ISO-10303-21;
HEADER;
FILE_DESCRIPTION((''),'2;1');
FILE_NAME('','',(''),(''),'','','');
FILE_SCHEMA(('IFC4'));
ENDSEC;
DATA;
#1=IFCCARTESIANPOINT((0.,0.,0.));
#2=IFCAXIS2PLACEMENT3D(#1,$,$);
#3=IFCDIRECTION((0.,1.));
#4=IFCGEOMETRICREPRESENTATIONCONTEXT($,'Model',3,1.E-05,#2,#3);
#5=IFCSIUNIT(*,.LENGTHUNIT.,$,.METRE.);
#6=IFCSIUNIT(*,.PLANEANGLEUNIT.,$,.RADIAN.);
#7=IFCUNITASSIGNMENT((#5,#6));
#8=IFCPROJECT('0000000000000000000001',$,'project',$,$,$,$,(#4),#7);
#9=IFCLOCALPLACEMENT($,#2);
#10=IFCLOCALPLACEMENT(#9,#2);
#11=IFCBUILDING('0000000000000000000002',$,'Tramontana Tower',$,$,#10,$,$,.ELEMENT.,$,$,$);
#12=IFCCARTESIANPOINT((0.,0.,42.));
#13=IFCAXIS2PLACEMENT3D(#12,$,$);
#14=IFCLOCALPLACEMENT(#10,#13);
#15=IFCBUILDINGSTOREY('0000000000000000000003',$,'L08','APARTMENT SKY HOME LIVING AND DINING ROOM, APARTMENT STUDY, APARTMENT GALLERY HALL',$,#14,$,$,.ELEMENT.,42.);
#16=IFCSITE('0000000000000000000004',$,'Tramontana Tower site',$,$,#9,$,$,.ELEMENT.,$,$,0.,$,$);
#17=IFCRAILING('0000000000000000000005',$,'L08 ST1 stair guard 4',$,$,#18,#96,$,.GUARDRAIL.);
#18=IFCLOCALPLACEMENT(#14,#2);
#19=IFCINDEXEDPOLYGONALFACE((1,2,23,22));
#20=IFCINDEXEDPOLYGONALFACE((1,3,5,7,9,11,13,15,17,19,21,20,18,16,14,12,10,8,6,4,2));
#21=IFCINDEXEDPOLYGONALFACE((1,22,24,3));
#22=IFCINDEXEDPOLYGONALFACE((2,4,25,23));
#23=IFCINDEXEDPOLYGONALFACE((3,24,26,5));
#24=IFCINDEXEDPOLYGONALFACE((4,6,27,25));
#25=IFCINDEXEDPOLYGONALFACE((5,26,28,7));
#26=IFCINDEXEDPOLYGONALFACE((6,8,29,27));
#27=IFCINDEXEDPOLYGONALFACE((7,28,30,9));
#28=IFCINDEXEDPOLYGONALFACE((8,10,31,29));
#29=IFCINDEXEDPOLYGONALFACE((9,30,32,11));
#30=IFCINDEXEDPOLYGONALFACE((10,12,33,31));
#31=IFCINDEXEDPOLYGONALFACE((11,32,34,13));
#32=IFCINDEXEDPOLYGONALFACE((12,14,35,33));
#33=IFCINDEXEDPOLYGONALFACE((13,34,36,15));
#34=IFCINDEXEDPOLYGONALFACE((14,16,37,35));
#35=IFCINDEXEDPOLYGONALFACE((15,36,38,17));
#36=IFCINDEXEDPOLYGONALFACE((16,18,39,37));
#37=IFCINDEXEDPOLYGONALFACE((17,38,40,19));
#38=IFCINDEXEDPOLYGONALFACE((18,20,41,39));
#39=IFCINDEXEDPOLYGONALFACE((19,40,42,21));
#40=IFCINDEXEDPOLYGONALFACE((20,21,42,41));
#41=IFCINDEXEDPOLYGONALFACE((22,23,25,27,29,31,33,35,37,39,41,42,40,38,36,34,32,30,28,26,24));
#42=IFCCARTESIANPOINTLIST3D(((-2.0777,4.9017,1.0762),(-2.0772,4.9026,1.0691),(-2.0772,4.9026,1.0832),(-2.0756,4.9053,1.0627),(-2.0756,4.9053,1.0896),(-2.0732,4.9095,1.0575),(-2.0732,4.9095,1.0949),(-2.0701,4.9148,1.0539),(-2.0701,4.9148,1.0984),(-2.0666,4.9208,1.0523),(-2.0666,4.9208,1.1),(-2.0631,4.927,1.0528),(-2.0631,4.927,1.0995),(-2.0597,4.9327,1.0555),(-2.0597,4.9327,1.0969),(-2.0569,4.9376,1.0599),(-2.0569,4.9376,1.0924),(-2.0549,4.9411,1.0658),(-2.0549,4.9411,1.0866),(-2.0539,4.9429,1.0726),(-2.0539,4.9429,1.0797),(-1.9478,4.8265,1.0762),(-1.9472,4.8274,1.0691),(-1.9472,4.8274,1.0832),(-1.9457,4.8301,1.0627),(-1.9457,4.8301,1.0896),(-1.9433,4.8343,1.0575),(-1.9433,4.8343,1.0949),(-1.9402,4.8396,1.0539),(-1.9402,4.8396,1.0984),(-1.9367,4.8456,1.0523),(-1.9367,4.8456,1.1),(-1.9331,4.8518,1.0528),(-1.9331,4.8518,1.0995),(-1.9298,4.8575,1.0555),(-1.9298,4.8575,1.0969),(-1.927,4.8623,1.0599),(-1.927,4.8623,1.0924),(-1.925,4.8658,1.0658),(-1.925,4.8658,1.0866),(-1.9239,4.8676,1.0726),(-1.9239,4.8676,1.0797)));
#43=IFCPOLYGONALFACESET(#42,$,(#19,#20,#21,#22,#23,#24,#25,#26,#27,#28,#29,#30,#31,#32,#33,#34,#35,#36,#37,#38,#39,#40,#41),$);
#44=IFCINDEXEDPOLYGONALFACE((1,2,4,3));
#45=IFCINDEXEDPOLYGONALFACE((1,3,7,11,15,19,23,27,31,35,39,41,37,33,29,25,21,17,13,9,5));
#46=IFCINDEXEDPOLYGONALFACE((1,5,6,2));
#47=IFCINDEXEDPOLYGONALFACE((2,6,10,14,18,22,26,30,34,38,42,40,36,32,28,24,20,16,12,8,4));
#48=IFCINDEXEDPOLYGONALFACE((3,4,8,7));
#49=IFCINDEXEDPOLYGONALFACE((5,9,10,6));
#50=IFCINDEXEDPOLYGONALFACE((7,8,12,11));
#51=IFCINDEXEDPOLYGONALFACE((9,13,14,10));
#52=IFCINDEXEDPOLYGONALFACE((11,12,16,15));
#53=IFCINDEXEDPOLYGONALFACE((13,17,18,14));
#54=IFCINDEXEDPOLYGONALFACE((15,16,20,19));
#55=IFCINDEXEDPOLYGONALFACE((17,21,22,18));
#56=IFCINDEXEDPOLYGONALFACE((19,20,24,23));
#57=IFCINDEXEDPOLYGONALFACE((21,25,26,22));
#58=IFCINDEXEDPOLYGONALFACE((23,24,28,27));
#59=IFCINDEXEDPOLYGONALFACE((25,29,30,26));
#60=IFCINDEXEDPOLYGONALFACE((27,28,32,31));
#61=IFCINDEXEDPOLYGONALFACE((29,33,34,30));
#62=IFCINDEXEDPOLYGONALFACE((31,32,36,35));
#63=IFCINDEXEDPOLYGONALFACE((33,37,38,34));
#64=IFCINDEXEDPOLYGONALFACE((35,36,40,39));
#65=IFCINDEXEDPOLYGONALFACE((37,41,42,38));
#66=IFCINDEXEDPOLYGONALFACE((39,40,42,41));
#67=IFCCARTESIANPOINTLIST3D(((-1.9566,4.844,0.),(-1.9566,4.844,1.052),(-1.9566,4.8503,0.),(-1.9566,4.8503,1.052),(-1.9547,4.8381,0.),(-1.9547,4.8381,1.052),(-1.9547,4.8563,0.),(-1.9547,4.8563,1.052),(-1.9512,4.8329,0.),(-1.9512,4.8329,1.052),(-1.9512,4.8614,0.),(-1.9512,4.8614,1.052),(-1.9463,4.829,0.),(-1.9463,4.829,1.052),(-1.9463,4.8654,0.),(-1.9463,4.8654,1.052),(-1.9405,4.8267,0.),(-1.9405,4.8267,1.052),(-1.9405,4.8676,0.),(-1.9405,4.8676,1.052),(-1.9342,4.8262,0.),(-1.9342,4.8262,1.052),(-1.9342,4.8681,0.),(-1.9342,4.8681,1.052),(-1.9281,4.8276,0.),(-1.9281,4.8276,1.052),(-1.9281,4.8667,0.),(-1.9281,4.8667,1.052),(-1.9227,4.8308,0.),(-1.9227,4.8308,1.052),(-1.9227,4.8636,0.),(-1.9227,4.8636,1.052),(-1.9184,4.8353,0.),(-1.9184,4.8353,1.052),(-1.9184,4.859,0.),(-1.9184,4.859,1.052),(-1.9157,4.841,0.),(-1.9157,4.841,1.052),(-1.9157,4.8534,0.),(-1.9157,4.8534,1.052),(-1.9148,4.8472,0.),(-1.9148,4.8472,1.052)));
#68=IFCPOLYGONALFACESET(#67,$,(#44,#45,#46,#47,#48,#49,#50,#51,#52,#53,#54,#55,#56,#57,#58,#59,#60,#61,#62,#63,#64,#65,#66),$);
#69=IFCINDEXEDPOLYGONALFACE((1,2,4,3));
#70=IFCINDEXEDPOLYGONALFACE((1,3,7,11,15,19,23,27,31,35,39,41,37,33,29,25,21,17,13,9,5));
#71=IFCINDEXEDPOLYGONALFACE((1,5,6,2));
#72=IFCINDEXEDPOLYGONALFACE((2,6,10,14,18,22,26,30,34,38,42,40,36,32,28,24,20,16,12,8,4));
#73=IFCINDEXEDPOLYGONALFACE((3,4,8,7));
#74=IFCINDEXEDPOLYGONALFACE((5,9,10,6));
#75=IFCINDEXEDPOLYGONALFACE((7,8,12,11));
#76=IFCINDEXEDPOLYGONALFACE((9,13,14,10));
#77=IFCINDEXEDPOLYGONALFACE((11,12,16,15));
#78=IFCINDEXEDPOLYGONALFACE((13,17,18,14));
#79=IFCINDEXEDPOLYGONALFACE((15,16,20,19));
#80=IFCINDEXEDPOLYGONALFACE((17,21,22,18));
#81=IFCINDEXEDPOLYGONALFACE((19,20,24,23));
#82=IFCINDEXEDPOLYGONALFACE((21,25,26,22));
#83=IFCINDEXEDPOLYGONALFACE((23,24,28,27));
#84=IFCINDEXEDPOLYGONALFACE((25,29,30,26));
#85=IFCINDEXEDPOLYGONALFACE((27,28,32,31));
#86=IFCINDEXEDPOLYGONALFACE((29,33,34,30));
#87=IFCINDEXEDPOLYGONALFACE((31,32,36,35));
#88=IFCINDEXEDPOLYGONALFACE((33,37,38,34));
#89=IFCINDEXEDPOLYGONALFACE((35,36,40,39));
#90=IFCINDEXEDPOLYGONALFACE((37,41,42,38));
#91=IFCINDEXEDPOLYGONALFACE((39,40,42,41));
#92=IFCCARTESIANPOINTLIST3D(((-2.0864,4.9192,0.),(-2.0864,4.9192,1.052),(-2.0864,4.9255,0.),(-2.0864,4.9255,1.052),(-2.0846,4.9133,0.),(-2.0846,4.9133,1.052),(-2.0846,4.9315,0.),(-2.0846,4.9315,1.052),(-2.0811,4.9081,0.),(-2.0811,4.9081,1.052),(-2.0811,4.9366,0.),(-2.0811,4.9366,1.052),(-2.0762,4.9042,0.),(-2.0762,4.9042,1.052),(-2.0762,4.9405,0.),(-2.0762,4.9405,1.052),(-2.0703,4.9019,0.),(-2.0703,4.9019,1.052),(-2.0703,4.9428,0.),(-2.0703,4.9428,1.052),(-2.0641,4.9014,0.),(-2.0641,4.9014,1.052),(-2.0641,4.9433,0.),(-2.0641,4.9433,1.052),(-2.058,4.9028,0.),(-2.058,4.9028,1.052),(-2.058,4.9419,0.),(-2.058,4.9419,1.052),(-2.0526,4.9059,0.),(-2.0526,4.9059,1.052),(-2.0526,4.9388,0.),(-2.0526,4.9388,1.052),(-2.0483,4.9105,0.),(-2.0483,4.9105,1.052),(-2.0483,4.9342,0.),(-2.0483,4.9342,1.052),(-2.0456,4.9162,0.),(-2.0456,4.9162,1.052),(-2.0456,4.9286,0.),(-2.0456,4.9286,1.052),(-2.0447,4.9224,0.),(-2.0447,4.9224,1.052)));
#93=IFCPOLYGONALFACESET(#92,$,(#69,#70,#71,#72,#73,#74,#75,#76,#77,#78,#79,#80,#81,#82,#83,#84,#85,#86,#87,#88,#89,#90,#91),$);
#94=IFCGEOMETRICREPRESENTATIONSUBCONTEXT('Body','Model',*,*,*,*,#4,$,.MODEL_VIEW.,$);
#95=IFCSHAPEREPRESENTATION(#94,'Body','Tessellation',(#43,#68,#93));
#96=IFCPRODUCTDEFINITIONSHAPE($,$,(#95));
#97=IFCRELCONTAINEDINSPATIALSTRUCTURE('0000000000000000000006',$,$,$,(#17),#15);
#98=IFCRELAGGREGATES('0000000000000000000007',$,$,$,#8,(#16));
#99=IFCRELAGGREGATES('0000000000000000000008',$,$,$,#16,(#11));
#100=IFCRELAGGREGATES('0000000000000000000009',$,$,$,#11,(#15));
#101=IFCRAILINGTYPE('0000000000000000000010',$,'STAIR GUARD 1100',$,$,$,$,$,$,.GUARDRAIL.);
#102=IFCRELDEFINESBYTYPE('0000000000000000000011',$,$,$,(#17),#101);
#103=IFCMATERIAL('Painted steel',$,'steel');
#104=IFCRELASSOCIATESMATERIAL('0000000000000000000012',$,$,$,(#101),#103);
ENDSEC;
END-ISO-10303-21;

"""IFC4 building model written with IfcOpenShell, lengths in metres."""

from ifc_helpers import new_model, si_unit, direction, frame, origin, origin_2d, place, context, subcontext, project, spatial, circle, extrude, material, type_object, element, save


model = new_model("IFC4")

# Units and contexts
model_context = context("Model", 3, precision=1e-05, world=origin(), true_north=direction((0.0, 1.0)))
body_context = subcontext(model_context, "Body", "Model", "MODEL_VIEW")
ifc_project = project(units=[si_unit("LENGTHUNIT", "METRE"), si_unit("PLANEANGLEUNIT", "RADIAN")], contexts=[model_context])

# Site, building, storey
site_placement = place(None, origin())
site = spatial("IfcSite", under=ifc_project, at=site_placement, Name="Tramontana Tower site", CompositionType="ELEMENT", RefElevation=0.0)
building_placement = place(site_placement, origin())
building = spatial("IfcBuilding", under=site, at=building_placement, Name="Tramontana Tower", CompositionType="ELEMENT")
storey_placement = place(building_placement, frame((0.0, 0.0, 42.0)))
storey = spatial("IfcBuildingStorey", under=building, at=storey_placement, Name="L08", Description="APARTMENT SKY HOME LIVING AND DINING ROOM, APARTMENT STUDY, APARTMENT GALLERY HALL", CompositionType="ELEMENT", Elevation=42.0)

# Railing
ifc_material_1 = material(Name="Painted steel", Category="steel")
railing_type_1 = type_object("IfcRailingType", Name="STAIR GUARD 1100", PredefinedType="GUARDRAIL", material=ifc_material_1)
railing_1_placement = place(storey_placement, frame((-1.9358, 4.8472, 0.0)))
element("IfcRailing", 1, at=railing_1_placement, inside=storey, type_object=railing_type_1, Name="L08 ST1 stair guard 4", PredefinedType="GUARDRAIL", context=body_context, shape_type="SweptSolid", body=[
    extrude(circle(Radius=0.0239, at=origin_2d()), frame((0.0, 0.0, 1.0762), z_axis=(-0.865426, 0.501036, 0.0), x_axis=(-0.501036, -0.865426, 0.0)), (0.0, 0.0, 1.0), 0.1501),
    extrude(circle(Radius=0.021, at=origin_2d()), origin(), (0.0, 0.0, 1.0), 1.052),
    extrude(circle(Radius=0.021, at=origin_2d()), frame((-0.1299, 0.0752, 0.0)), (0.0, 0.0, 1.0), 1.052),
])

save(model, "model.ifc")
